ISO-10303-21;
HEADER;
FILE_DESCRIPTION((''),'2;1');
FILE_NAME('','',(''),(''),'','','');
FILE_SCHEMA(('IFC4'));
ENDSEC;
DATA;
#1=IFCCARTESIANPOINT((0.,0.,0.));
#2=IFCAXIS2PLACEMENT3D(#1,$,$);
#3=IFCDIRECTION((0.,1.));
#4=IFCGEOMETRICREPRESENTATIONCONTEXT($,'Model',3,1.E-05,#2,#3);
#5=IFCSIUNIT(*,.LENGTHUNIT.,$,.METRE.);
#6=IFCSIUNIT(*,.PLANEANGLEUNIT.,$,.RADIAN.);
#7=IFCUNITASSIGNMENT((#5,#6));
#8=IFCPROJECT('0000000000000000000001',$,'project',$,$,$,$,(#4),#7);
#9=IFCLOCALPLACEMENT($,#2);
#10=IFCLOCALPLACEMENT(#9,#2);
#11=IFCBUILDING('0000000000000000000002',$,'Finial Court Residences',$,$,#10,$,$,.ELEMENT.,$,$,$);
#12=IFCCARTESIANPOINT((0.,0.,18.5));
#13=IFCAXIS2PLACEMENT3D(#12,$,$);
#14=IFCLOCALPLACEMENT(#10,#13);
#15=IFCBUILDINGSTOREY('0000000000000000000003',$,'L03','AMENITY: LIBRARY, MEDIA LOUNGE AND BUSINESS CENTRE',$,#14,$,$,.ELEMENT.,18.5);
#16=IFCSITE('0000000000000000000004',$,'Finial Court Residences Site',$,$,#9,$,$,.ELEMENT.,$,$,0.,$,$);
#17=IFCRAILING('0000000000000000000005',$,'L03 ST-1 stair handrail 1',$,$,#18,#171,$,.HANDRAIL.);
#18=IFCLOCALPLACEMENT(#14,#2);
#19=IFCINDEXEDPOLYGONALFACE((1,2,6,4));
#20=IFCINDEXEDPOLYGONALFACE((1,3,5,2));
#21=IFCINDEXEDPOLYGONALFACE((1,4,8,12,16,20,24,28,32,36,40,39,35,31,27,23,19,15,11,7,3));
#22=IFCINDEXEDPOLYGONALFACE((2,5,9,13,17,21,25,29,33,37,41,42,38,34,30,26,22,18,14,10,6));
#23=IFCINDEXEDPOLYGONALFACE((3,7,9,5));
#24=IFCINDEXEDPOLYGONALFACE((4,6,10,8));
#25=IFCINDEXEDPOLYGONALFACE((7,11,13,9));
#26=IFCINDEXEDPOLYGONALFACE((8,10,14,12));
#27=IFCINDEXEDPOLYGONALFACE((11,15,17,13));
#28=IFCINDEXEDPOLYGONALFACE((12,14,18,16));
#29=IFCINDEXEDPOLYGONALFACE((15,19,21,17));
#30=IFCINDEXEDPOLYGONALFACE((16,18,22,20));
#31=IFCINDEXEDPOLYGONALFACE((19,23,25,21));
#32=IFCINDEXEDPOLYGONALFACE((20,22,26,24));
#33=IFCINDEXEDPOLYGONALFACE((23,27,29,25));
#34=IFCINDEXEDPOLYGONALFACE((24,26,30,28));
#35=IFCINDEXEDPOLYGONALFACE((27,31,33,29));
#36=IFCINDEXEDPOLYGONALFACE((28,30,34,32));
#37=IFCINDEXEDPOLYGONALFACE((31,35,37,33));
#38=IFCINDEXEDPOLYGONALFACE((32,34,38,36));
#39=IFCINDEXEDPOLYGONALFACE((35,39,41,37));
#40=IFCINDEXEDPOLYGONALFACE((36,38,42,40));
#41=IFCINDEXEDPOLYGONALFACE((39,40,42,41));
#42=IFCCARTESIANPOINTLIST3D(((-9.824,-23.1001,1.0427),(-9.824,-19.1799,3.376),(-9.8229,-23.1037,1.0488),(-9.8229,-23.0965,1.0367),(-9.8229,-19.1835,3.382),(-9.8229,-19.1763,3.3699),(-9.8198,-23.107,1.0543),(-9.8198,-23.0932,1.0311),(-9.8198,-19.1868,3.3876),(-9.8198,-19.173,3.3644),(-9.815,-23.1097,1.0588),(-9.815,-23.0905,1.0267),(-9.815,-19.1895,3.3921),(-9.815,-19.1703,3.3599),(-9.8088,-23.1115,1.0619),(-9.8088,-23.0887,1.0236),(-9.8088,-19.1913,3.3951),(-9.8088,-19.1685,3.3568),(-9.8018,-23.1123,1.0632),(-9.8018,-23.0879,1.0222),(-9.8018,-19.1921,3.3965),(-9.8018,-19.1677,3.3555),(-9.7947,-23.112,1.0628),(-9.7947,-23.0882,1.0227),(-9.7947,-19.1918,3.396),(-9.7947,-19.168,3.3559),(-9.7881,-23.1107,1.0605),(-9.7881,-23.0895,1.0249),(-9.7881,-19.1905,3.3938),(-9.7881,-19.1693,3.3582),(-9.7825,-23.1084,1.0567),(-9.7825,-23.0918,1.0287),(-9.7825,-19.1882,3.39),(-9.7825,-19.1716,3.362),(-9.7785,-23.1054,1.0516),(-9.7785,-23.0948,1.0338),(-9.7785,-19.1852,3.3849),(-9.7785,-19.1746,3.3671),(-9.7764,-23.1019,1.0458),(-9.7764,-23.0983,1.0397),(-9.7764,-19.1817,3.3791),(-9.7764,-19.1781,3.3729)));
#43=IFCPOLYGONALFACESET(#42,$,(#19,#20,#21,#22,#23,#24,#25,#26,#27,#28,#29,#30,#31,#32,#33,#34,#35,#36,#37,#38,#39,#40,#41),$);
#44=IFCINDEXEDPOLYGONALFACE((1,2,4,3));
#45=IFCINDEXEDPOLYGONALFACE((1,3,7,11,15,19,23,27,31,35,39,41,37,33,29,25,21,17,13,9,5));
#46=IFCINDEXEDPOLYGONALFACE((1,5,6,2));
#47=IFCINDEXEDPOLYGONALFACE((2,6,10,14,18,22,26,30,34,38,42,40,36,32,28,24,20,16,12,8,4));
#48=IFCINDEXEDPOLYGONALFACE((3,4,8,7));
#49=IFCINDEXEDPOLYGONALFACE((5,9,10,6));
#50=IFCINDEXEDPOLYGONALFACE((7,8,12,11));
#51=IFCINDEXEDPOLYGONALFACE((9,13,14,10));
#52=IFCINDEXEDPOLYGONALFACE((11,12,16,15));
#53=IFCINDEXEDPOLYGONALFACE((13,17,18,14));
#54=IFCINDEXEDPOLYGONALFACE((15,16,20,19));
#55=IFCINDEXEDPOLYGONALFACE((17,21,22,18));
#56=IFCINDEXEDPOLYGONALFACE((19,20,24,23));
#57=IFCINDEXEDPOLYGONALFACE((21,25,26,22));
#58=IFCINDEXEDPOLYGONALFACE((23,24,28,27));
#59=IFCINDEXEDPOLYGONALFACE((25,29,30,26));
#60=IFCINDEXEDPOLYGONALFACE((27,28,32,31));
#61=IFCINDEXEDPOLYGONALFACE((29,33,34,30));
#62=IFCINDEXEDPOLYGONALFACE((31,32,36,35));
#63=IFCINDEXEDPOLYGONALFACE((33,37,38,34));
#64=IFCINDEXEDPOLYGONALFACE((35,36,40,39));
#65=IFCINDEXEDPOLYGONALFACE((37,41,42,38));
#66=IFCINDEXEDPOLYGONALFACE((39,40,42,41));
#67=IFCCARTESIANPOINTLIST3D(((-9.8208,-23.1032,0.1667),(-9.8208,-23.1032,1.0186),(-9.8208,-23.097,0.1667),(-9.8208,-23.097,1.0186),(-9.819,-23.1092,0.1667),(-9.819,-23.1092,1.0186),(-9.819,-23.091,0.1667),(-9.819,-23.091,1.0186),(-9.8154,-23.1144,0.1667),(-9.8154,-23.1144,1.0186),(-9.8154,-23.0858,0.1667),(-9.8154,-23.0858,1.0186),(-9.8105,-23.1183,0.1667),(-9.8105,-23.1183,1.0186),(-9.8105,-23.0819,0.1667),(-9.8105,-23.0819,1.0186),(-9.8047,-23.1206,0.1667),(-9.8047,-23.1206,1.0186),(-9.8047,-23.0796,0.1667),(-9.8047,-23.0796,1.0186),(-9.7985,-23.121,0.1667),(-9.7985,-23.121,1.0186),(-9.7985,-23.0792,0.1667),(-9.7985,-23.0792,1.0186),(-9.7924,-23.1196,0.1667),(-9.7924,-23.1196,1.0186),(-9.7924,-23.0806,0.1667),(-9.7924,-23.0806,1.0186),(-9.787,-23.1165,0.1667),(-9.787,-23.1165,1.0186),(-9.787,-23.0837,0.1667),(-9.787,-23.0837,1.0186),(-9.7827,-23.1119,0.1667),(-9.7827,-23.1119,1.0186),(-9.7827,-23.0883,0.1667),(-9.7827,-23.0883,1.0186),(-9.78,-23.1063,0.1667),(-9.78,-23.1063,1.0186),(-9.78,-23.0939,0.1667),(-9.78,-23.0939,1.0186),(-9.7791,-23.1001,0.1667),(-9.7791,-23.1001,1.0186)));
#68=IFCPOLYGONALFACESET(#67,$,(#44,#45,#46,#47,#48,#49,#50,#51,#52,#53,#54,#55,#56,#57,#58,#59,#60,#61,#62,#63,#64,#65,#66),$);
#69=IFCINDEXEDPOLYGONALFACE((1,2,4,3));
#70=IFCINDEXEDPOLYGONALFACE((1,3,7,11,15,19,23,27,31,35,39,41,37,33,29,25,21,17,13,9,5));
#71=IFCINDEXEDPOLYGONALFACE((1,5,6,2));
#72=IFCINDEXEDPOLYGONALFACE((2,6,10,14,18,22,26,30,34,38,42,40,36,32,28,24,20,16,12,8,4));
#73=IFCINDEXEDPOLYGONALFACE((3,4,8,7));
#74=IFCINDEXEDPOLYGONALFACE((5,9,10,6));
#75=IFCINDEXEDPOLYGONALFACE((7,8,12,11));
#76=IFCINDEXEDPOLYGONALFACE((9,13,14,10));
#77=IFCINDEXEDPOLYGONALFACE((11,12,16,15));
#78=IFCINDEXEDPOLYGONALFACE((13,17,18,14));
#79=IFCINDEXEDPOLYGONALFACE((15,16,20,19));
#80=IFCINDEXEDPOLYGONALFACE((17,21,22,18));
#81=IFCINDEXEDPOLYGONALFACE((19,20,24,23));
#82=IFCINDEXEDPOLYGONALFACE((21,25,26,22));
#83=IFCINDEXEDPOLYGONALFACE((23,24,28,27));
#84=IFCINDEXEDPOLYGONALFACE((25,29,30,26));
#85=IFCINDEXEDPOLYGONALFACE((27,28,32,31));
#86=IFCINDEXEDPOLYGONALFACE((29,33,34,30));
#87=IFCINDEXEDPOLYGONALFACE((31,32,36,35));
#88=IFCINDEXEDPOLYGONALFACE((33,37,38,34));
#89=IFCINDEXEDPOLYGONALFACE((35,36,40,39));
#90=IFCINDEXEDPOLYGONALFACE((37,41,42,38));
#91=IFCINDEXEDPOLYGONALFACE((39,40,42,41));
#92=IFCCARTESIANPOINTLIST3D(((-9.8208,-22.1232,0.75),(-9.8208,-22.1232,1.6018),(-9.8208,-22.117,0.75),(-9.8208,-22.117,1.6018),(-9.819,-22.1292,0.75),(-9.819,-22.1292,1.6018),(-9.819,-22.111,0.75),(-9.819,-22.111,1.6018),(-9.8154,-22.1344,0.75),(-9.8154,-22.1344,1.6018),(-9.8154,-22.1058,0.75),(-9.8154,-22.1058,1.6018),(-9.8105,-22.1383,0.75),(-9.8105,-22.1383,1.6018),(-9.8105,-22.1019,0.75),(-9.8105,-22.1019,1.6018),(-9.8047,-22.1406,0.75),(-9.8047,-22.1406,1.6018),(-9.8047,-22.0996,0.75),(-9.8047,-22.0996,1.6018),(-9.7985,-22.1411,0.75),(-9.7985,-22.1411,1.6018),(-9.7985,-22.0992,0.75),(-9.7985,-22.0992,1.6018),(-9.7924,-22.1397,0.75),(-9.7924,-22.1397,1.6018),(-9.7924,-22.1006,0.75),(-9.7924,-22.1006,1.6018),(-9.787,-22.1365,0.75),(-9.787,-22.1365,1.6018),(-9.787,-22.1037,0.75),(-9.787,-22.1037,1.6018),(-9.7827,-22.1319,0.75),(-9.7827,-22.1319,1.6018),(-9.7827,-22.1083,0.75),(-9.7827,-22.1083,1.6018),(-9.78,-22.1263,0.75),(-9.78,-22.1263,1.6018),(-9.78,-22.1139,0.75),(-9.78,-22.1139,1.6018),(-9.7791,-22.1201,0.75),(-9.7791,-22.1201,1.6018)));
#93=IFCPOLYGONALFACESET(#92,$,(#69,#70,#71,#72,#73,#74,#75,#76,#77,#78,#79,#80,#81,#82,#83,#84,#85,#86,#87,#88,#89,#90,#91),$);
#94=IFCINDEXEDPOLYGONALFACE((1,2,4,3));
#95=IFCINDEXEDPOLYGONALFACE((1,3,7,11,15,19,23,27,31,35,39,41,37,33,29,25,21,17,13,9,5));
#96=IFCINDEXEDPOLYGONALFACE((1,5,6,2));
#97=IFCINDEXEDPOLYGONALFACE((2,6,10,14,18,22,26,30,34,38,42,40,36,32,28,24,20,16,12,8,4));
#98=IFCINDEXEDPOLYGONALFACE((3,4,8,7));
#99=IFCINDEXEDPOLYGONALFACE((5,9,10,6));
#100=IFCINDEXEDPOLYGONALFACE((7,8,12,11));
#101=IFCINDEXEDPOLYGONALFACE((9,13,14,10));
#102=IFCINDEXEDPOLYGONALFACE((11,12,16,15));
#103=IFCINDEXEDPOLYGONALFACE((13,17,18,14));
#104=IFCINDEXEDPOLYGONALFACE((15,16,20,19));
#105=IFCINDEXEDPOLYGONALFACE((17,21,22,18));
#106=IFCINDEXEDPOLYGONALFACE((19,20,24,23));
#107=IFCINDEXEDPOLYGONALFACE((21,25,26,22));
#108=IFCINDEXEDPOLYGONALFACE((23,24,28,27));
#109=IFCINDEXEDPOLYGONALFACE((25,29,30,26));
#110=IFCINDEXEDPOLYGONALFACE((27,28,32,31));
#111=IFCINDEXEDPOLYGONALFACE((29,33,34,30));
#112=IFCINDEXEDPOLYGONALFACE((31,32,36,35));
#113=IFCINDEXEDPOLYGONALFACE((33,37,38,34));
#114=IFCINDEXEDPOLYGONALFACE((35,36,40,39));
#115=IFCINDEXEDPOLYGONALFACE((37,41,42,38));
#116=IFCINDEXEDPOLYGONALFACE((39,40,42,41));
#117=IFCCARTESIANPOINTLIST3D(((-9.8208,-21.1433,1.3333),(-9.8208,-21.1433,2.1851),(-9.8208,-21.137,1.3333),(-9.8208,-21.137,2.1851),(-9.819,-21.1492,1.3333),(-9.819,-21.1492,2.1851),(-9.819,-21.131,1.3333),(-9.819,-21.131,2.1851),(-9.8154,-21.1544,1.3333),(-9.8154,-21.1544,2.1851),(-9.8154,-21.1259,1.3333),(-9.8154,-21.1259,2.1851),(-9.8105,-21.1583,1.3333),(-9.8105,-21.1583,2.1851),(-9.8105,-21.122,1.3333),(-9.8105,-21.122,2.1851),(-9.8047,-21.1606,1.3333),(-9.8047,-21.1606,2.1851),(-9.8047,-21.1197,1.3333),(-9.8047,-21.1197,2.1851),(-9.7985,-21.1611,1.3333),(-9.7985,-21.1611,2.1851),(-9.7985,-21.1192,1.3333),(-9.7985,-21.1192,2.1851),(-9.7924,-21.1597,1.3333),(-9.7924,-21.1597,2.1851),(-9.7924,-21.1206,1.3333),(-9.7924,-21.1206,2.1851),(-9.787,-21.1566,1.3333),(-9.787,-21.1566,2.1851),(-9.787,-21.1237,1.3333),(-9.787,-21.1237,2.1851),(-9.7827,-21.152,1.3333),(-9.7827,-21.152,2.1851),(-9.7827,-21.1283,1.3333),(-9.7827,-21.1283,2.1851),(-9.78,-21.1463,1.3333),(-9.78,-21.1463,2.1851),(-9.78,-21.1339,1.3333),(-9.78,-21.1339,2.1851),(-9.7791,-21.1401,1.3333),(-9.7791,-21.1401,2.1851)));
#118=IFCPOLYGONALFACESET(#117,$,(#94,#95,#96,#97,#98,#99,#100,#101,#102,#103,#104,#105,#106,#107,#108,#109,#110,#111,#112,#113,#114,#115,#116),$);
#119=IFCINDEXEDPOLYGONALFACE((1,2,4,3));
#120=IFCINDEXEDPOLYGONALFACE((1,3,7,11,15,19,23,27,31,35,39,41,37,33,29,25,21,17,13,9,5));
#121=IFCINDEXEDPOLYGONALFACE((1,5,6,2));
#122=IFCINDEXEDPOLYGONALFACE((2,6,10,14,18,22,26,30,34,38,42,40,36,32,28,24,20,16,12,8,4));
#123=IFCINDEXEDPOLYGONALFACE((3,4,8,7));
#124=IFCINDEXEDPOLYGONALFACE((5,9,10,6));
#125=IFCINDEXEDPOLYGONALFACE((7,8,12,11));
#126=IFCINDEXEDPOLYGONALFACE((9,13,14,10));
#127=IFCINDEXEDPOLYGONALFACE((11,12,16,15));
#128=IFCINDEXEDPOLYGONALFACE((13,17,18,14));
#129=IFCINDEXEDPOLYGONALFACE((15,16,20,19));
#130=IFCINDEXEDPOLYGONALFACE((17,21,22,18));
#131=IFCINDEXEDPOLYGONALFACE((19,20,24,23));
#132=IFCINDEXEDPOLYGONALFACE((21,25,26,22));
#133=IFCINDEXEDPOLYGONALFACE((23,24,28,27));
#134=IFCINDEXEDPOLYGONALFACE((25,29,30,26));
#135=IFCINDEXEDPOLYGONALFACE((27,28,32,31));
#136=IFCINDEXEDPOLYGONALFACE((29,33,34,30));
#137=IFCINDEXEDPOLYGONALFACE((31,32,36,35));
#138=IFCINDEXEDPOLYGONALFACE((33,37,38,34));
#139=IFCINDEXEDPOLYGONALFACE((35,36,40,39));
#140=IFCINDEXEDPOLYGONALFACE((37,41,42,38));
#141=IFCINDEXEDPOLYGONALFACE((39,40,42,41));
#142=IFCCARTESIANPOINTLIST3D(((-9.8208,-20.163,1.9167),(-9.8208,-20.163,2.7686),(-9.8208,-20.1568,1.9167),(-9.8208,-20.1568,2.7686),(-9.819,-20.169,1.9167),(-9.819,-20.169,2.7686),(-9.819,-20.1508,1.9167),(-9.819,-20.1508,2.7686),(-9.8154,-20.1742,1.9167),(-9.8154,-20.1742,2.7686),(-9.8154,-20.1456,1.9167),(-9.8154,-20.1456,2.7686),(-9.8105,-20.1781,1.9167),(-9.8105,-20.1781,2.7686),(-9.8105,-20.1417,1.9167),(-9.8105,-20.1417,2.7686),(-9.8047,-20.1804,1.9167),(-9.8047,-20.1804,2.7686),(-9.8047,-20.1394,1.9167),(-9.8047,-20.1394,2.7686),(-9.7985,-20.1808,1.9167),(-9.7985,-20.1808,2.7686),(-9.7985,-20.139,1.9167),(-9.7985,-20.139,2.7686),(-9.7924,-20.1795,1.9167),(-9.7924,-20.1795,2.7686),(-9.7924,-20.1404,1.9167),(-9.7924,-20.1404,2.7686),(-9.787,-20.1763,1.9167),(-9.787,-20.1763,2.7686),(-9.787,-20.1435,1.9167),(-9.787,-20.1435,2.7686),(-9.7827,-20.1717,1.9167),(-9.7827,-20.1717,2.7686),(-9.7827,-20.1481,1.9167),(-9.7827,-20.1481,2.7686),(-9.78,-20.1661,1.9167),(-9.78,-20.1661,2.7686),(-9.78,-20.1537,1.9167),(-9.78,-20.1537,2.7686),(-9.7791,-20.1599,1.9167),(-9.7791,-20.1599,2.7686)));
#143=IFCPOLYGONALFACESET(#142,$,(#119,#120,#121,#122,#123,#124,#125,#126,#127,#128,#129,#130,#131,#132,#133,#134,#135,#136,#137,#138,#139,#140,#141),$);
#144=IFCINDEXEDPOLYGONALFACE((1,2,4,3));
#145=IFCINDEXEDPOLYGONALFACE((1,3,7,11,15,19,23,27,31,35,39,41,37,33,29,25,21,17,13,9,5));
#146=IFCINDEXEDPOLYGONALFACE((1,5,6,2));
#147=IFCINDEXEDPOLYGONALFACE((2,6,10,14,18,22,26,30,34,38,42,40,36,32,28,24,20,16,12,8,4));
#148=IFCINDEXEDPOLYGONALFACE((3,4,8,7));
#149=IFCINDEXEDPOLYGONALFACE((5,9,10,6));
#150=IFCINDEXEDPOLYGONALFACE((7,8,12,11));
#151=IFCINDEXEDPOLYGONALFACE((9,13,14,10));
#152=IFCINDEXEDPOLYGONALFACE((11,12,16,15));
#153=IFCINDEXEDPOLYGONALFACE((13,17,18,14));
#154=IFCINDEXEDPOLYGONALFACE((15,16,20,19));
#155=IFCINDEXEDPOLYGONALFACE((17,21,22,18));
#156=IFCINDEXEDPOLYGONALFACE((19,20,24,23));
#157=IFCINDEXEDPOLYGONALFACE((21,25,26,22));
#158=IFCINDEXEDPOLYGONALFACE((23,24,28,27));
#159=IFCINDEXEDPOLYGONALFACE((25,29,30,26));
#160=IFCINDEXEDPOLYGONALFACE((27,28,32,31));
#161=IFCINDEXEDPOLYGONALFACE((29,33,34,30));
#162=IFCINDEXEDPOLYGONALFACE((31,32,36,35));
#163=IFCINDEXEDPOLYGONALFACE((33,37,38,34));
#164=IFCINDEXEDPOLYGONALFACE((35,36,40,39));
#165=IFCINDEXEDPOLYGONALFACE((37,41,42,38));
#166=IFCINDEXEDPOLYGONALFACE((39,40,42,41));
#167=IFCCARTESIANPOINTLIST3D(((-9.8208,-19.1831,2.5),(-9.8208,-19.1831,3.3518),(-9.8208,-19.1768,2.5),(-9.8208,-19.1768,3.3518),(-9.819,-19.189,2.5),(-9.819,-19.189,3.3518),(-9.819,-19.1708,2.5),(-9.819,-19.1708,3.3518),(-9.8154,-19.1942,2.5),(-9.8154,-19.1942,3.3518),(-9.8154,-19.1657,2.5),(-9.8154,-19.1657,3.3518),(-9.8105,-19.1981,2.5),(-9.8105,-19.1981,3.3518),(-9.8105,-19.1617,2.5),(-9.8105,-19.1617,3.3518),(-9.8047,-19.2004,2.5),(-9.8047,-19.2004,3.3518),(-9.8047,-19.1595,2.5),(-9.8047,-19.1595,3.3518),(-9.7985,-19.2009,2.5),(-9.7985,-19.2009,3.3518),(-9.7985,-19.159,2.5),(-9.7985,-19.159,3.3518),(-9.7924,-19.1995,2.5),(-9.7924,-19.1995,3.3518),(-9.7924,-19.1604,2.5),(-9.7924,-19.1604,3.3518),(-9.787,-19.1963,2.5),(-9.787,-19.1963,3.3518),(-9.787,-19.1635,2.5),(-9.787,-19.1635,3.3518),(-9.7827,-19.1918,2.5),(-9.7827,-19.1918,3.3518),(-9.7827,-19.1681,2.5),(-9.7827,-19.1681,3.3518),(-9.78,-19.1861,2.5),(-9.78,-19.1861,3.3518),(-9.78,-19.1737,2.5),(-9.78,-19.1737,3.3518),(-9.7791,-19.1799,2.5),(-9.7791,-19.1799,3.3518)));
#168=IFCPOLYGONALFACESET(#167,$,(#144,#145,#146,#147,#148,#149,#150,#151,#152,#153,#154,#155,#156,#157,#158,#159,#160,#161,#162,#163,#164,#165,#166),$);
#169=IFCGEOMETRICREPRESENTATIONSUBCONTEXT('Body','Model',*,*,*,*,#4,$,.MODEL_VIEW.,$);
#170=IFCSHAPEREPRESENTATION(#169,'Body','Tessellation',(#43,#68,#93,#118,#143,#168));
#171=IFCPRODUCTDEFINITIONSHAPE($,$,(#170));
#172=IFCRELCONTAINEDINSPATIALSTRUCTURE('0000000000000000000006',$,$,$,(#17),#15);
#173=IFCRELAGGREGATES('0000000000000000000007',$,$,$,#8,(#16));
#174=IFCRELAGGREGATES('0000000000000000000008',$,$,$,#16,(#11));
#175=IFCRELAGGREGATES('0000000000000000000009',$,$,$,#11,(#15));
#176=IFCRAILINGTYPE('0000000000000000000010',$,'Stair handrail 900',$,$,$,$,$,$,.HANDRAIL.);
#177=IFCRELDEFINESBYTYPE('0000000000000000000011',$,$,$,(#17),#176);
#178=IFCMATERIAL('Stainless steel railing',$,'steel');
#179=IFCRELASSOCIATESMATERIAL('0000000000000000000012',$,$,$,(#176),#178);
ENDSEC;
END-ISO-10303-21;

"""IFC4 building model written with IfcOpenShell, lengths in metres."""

from ifc_helpers import new_model, si_unit, direction, frame, origin, origin_2d, place, context, subcontext, project, spatial, circle, extrude, material, type_object, element, save


model = new_model("IFC4")

# Units and contexts
model_context = context("Model", 3, precision=1e-05, world=origin(), true_north=direction((0.0, 1.0)))
body_context = subcontext(model_context, "Body", "Model", "MODEL_VIEW")
ifc_project = project(units=[si_unit("LENGTHUNIT", "METRE"), si_unit("PLANEANGLEUNIT", "RADIAN")], contexts=[model_context])

# Site, building, storey
site_placement = place(None, origin())
site = spatial("IfcSite", under=ifc_project, at=site_placement, Name="Finial Court Residences Site", CompositionType="ELEMENT", RefElevation=0.0)
building_placement = place(site_placement, origin())
building = spatial("IfcBuilding", under=site, at=building_placement, Name="Finial Court Residences", CompositionType="ELEMENT")
storey_placement = place(building_placement, frame((0.0, 0.0, 18.5)))
storey = spatial("IfcBuildingStorey", under=building, at=storey_placement, Name="L03", Description="AMENITY: LIBRARY, MEDIA LOUNGE AND BUSINESS CENTRE", CompositionType="ELEMENT", Elevation=18.5)

# Railing
ifc_material_1 = material(Name="Stainless steel railing", Category="steel")
railing_type_1 = type_object("IfcRailingType", Name="Stair handrail 900", PredefinedType="HANDRAIL", material=ifc_material_1)
railing_1_placement = place(storey_placement, frame((-9.8, -23.1001, 0.1667)))
element("IfcRailing", 1, at=railing_1_placement, inside=storey, type_object=railing_type_1, Name="L03 ST-1 stair handrail 1", PredefinedType="HANDRAIL", context=body_context, shape_type="SweptSolid", body=[
    extrude(circle(Radius=0.0239, at=origin_2d()), frame((0.0, 0.0, 0.876), z_axis=(0.0, 0.85931, 0.511455), x_axis=(-1.0, 0.0, 0.0)), (0.0, 0.0, 1.0), 4.562),
    extrude(circle(Radius=0.021, at=origin_2d()), origin(), (0.0, 0.0, 1.0), 0.8518),
    extrude(circle(Radius=0.021, at=origin_2d()), frame((0.0, 0.98, 0.5833)), (0.0, 0.0, 1.0), 0.8518),
    extrude(circle(Radius=0.021, at=origin_2d()), frame((0.0, 1.96, 1.1665)), (0.0, 0.0, 1.0), 0.8518),
    extrude(circle(Radius=0.021, at=origin_2d()), frame((0.0, 2.9402, 1.75)), (0.0, 0.0, 1.0), 0.8518),
    extrude(circle(Radius=0.021, at=origin_2d()), frame((0.0, 3.9202, 2.3333)), (0.0, 0.0, 1.0), 0.8518),
])

save(model, "model.ifc")
